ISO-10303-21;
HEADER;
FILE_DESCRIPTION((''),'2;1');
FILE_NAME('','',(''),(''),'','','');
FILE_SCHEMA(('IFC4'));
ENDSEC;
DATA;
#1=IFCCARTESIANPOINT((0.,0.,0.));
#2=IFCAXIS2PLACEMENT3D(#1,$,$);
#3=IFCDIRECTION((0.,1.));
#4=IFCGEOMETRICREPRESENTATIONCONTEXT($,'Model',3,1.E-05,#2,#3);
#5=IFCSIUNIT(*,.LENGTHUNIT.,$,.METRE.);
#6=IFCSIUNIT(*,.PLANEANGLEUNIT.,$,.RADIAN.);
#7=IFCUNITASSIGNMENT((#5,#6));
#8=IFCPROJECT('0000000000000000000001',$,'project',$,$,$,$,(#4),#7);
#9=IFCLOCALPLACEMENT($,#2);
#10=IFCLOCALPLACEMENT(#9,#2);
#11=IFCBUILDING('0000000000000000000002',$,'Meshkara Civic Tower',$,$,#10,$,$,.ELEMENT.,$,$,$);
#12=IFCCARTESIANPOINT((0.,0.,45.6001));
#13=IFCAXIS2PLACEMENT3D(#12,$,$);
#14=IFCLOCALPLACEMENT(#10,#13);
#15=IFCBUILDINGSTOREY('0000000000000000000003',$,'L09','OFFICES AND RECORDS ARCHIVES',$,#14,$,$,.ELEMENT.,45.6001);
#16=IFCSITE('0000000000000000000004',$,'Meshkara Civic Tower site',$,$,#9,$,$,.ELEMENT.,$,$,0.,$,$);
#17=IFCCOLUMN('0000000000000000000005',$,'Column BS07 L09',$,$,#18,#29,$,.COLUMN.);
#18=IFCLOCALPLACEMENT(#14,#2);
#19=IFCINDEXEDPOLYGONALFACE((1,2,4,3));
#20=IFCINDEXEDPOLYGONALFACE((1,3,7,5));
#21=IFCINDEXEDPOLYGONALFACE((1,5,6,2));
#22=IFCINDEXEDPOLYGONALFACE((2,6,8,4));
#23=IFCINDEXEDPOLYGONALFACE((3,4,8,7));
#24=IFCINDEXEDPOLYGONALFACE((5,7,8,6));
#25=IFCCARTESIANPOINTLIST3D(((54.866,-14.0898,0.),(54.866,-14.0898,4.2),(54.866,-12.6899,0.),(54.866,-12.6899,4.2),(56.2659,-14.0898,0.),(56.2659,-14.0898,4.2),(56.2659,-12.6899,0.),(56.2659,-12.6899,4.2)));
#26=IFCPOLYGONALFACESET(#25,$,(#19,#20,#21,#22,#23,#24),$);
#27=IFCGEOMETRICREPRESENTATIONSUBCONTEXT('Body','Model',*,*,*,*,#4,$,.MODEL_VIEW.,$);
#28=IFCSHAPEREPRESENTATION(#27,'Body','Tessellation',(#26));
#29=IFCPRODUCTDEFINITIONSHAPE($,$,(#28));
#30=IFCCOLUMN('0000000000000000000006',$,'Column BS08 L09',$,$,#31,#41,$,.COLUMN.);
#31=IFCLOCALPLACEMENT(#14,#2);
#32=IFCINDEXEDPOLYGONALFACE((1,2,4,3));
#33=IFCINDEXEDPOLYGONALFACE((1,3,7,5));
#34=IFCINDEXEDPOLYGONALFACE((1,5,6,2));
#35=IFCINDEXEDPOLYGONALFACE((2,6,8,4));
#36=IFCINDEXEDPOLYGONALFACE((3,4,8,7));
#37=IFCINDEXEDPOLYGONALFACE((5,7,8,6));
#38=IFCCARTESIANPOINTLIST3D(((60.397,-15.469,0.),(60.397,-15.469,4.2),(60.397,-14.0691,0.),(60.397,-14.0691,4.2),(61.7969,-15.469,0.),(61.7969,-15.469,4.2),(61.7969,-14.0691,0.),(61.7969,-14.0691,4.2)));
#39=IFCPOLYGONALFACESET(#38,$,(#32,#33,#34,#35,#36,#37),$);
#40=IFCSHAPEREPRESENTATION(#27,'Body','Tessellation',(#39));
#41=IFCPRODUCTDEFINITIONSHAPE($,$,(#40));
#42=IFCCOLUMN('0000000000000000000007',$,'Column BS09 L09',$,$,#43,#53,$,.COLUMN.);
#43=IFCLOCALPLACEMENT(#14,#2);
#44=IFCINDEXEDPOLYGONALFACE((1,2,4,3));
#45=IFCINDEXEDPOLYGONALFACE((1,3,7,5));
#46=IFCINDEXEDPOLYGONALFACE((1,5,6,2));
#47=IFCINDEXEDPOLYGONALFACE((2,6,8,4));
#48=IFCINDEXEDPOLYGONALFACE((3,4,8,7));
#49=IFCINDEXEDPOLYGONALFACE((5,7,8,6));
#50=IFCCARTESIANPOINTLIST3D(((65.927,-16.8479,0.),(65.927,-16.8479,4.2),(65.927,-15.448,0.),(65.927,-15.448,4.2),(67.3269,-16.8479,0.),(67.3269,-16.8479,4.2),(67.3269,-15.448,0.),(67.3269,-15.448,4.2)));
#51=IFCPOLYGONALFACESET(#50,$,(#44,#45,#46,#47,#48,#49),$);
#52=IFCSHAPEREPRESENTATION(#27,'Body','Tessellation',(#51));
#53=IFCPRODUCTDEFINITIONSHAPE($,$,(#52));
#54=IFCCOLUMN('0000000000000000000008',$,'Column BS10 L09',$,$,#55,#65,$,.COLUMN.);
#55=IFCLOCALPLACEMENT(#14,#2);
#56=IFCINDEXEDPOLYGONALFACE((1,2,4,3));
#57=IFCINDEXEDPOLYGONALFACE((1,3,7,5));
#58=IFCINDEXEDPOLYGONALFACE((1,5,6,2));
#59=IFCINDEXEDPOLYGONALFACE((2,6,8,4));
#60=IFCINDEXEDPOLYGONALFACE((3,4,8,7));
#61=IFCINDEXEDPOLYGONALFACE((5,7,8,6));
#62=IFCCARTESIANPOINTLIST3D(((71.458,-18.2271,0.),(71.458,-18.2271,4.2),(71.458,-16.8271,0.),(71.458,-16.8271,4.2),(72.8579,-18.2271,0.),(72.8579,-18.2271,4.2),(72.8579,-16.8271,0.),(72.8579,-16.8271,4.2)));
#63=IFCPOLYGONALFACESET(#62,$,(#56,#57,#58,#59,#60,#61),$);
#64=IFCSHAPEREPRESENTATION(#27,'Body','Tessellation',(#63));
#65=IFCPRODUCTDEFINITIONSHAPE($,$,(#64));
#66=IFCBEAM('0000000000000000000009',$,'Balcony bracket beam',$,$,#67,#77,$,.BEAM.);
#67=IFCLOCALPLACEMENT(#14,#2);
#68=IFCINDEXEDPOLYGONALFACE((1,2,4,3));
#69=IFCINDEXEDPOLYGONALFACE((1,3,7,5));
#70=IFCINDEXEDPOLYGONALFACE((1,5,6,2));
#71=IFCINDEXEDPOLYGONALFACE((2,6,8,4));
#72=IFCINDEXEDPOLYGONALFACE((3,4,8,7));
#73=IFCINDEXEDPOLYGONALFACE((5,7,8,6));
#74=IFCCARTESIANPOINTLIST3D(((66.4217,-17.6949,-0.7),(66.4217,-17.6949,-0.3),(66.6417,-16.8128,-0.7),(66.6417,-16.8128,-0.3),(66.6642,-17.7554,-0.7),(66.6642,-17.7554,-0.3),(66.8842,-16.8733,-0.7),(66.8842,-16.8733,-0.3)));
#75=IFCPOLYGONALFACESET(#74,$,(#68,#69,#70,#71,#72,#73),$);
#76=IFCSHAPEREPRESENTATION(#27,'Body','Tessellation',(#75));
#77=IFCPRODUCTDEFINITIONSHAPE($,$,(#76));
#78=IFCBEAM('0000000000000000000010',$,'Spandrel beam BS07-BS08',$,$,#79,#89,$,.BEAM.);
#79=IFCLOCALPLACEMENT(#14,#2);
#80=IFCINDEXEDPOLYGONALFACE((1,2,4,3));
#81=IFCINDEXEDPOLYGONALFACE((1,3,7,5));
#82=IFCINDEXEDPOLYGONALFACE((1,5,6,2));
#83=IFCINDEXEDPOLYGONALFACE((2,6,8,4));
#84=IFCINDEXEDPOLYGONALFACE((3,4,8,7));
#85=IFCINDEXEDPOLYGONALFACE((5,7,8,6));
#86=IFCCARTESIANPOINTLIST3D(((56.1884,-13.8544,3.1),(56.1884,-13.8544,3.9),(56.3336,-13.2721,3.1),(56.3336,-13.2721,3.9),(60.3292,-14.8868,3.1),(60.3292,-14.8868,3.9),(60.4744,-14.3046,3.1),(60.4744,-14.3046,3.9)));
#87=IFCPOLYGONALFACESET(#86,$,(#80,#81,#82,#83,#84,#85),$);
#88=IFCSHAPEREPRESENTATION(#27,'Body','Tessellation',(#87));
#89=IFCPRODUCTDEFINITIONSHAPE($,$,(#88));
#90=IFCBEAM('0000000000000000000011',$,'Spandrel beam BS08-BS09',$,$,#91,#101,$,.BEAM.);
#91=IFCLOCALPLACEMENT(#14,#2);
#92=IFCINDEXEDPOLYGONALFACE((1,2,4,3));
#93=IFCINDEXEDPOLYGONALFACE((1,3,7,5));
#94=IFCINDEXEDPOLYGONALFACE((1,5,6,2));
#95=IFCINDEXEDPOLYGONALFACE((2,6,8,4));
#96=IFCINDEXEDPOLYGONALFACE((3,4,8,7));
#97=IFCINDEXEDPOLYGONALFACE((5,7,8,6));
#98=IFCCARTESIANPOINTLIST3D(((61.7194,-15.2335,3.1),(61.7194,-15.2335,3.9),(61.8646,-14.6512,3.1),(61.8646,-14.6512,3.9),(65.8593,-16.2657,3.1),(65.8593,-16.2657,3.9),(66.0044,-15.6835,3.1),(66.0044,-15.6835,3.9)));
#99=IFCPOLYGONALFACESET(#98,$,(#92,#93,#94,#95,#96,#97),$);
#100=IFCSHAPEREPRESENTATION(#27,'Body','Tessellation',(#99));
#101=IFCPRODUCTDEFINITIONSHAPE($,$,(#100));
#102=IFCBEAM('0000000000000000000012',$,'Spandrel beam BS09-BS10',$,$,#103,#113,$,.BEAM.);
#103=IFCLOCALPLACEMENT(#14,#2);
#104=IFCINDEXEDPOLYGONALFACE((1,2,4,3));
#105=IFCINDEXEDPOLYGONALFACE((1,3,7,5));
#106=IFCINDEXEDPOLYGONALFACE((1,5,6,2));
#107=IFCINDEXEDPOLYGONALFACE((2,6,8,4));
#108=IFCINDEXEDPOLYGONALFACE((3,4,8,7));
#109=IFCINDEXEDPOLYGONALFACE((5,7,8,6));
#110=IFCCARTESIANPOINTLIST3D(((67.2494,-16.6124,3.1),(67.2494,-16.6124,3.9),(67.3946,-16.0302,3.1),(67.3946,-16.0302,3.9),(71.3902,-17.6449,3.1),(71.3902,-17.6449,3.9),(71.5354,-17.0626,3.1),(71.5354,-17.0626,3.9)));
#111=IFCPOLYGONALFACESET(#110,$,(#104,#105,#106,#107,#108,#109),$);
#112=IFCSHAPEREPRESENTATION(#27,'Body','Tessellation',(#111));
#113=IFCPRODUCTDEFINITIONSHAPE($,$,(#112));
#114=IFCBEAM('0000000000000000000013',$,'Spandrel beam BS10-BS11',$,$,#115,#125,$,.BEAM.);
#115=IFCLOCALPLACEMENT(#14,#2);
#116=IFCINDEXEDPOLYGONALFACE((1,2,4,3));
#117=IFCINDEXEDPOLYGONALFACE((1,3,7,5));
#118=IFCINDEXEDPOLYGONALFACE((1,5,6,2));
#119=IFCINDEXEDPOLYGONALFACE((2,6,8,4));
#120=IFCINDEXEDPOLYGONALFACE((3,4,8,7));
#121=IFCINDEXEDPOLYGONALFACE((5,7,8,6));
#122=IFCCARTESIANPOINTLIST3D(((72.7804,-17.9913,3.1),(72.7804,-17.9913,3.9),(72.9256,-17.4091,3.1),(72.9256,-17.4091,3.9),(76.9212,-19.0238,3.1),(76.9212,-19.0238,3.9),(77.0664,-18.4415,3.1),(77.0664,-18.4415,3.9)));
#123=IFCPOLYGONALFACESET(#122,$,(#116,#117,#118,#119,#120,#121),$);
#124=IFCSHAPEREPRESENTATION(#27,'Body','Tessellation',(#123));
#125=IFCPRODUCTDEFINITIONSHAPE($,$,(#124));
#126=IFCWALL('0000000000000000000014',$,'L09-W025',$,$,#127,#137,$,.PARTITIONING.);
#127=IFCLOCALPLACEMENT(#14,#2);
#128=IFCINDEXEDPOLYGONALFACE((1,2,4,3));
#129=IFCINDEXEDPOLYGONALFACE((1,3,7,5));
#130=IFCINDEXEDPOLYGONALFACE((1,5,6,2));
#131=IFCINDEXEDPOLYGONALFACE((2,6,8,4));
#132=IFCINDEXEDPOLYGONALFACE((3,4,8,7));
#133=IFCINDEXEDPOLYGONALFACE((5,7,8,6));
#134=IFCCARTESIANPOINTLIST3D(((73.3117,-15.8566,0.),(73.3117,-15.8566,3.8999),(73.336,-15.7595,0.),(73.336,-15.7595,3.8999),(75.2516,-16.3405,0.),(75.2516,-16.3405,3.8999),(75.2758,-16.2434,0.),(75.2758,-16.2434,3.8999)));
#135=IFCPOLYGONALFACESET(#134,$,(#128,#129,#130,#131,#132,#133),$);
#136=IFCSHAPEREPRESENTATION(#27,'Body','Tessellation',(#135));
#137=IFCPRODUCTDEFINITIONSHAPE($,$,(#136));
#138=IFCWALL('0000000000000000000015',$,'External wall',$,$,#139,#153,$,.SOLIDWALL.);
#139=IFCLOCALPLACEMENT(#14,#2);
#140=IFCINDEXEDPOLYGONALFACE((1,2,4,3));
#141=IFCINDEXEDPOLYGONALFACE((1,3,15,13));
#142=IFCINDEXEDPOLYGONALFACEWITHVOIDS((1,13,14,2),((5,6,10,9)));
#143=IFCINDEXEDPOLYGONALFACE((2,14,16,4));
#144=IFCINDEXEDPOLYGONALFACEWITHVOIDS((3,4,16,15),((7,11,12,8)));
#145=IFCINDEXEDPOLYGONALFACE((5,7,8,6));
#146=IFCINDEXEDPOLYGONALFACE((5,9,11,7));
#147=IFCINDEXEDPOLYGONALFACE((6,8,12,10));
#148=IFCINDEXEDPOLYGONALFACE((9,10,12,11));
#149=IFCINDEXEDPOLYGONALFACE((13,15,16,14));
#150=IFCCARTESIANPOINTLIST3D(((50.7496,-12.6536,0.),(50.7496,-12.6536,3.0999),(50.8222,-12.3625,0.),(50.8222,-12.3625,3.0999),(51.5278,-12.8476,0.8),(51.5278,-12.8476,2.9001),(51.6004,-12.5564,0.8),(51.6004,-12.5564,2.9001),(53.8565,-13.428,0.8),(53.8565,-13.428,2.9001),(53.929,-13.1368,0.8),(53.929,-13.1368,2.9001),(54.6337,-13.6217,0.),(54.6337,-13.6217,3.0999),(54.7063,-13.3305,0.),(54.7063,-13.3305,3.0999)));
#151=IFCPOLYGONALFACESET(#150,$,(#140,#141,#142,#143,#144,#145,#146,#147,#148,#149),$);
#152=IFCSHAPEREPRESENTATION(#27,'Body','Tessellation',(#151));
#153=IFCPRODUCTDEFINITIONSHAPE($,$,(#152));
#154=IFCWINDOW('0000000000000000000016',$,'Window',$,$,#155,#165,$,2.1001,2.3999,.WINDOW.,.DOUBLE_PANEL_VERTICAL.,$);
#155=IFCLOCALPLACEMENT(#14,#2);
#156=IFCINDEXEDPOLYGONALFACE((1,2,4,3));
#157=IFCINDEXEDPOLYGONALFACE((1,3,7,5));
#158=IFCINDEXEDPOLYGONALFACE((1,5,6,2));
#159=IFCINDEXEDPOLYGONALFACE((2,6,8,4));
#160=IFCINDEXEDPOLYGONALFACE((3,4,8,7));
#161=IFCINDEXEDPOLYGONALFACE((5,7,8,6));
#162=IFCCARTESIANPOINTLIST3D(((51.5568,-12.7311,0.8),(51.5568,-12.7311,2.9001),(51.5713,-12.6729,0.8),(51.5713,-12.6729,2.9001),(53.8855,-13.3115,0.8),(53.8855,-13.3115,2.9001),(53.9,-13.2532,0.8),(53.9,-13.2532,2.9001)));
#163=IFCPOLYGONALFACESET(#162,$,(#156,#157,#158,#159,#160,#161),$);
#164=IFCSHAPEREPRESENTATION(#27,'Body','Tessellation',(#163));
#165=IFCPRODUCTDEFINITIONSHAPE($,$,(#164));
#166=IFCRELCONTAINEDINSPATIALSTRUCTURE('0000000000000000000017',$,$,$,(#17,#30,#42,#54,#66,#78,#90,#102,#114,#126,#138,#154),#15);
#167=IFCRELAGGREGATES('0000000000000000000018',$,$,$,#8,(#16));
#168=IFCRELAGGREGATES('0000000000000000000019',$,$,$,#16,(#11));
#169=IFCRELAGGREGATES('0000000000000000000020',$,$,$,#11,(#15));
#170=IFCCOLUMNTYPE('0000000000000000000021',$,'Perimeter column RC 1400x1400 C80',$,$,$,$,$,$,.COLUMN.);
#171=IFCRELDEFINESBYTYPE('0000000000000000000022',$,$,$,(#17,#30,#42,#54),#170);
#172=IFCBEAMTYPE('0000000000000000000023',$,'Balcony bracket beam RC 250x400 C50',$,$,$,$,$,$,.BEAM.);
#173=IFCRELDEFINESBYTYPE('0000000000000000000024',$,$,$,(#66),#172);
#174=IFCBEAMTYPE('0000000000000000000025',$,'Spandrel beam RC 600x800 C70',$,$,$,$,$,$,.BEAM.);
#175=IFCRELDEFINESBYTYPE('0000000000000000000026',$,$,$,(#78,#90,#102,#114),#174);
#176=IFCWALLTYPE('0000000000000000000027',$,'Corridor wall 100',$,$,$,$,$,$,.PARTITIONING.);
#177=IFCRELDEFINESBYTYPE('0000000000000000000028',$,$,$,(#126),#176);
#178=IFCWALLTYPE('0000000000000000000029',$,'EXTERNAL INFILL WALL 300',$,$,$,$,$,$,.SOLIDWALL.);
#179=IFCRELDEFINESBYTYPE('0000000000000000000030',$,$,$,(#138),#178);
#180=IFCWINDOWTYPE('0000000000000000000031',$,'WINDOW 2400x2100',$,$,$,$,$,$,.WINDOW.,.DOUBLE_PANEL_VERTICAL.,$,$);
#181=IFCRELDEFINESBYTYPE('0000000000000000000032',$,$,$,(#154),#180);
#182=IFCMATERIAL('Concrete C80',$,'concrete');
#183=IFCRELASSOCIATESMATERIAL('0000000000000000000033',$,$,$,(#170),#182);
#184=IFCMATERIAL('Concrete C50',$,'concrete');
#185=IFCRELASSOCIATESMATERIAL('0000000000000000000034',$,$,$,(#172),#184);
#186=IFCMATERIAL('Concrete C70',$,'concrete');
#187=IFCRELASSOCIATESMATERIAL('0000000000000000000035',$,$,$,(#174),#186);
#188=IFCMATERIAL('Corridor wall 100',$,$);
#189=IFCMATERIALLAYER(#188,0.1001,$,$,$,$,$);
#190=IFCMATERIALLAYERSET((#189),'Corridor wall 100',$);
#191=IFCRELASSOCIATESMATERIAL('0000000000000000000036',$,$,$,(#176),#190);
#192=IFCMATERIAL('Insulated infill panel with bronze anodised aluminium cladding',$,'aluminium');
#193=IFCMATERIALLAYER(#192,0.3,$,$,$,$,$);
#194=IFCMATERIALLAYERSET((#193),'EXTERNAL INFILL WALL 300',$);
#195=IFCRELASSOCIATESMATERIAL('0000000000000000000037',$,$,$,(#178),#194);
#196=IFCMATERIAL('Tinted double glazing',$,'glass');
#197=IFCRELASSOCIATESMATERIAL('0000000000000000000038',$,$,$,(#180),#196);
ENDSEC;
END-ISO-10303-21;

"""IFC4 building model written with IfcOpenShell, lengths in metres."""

from ifc_helpers import new_model, si_unit, direction, frame, frame_2d, origin, origin_2d, place, context, subcontext, project, spatial, rectangle, extrude, material, layer, layer_set, material_profile, profile_set, type_object, element, fill, save


model = new_model("IFC4")

# Units and contexts
model_context = context("Model", 3, precision=1e-05, world=origin(), true_north=direction((0.0, 1.0)))
body_context = subcontext(model_context, "Body", "Model", "MODEL_VIEW")
ifc_project = project(units=[si_unit("LENGTHUNIT", "METRE"), si_unit("PLANEANGLEUNIT", "RADIAN")], contexts=[model_context])

# Site, building, storey
site_placement = place(None, origin())
site = spatial("IfcSite", under=ifc_project, at=site_placement, Name="Meshkara Civic Tower site", CompositionType="ELEMENT", RefElevation=0.0)
building_placement = place(site_placement, origin())
building = spatial("IfcBuilding", under=site, at=building_placement, Name="Meshkara Civic Tower", CompositionType="ELEMENT")
storey_placement = place(building_placement, frame((0.0, 0.0, 45.6001)))
storey = spatial("IfcBuildingStorey", under=building, at=storey_placement, Name="L09", Description="OFFICES AND RECORDS ARCHIVES", CompositionType="ELEMENT", Elevation=45.6001)

# Columns
ifc_material_1 = material(Name="Concrete C80", Category="concrete")
ifc_material_profile_1 = material_profile(ifc_material_1, rectangle(XDim=1.3999, YDim=1.3999, at=origin_2d()))
ifc_profile_set_1 = profile_set([ifc_material_profile_1], Name="Concrete C80")
column_type = type_object("IfcColumnType", Name="Perimeter column RC 1400x1400 C80", PredefinedType="COLUMN", material=ifc_profile_set_1)
for number, where, z_axis, x_axis, name in (
    (1, (55.5659, -13.3899, 0.0), (0.0, 0.0, 1.0), (1.0, 0.0, 0.0), "Column BS07 L09"),
    (2, (61.0969, -14.769, 0.0), (0.0, 0.0, 1.0), (1.0, 0.0, 0.0), "Column BS08 L09"),
    (3, (66.627, -16.1479, 0.0), (0.0, 0.0, 1.0), (1.0, 0.0, 0.0), "Column BS09 L09"),
    (4, (72.158, -17.5271, 0.0), (0.0, 0.0, 1.0), (1.0, 0.0, 0.0), "Column BS10 L09"),
):
    element("IfcColumn", number, at=place(storey_placement, frame(where, z_axis=z_axis, x_axis=x_axis)), inside=storey, type_object=column_type, Name=name, PredefinedType="COLUMN", context=body_context, shape_type="SweptSolid", body=[
        extrude(rectangle(XDim=1.3999, YDim=1.3999, at=origin_2d()), origin(), (0.0, 0.0, 1.0), 4.2),
    ])

# Beams
ifc_material_2 = material(Name="Concrete C50", Category="concrete")
ifc_material_profile_2 = material_profile(ifc_material_2, rectangle(XDim=0.25, YDim=0.3999, at=origin_2d()))
ifc_profile_set_2 = profile_set([ifc_material_profile_2], Name="Concrete C50")
beam_type_1 = type_object("IfcBeamType", Name="Balcony bracket beam RC 250x400 C50", PredefinedType="BEAM", material=ifc_profile_set_2)
beam_1_placement = place(storey_placement, frame((66.7629, -16.843, -0.5), z_axis=(-0.241967, -0.970285, 0.0), x_axis=(0.970285, -0.241967, 0.0)))
element("IfcBeam", 5, at=beam_1_placement, inside=storey, type_object=beam_type_1, Name="Balcony bracket beam", PredefinedType="BEAM", context=body_context, shape_type="SweptSolid", body=[
    extrude(rectangle(XDim=0.25, YDim=0.3999, at=origin_2d()), origin(), (0.0, 0.0, 1.0), 0.9092),
])
ifc_material_3 = material(Name="Concrete C70", Category="concrete")
ifc_material_profile_3 = material_profile(ifc_material_3, rectangle(XDim=0.6001, YDim=0.8, at=origin_2d()))
ifc_profile_set_3 = profile_set([ifc_material_profile_3], Name="Concrete C70")
beam_type_2 = type_object("IfcBeamType", Name="Spandrel beam RC 600x800 C70", PredefinedType="BEAM", material=ifc_profile_set_3)
beam_2_placement = place(storey_placement, frame((56.261, -13.5632, 3.5), z_axis=(0.970294, -0.24193, 0.0), x_axis=(0.24193, 0.970294, 0.0)))
element("IfcBeam", 6, at=beam_2_placement, inside=storey, type_object=beam_type_2, Name="Spandrel beam BS07-BS08", PredefinedType="BEAM", context=body_context, shape_type="SweptSolid", body=[
    extrude(rectangle(XDim=0.6001, YDim=0.8, at=origin_2d()), origin(), (0.0, 0.0, 1.0), 4.2676),
])
beam_3_placement = place(storey_placement, frame((61.792, -14.9424, 3.5), z_axis=(0.970294, -0.24193, 0.0), x_axis=(0.24193, 0.970294, 0.0)))
element("IfcBeam", 7, at=beam_3_placement, inside=storey, type_object=beam_type_2, Name="Spandrel beam BS08-BS09", PredefinedType="BEAM", context=body_context, shape_type="SweptSolid", body=[
    extrude(rectangle(XDim=0.6001, YDim=0.8, at=origin_2d()), origin(), (0.0, 0.0, 1.0), 4.2666),
])
for number, where, z_axis, x_axis, name in (
    (8, (67.322, -16.3213, 3.5), (0.970294, -0.24193, 0.0), (0.24193, 0.970294, 0.0), "Spandrel beam BS09-BS10"),
    (9, (72.853, -17.7002, 3.5), (0.970294, -0.24193, 0.0), (0.24193, 0.970294, 0.0), "Spandrel beam BS10-BS11"),
):
    element("IfcBeam", number, at=place(storey_placement, frame(where, z_axis=z_axis, x_axis=x_axis)), inside=storey, type_object=beam_type_2, Name=name, PredefinedType="BEAM", context=body_context, shape_type="SweptSolid", body=[
        extrude(rectangle(XDim=0.6001, YDim=0.8, at=origin_2d()), origin(), (0.0, 0.0, 1.0), 4.2676),
    ])

# Wall
ifc_material_4 = material(Name="Corridor wall 100")
ifc_layer_1 = layer(ifc_material_4, 0.1001)
ifc_layer_set_1 = layer_set([ifc_layer_1], Name="Corridor wall 100")
wall_type_1 = type_object("IfcWallType", Name="Corridor wall 100", PredefinedType="PARTITIONING", material=ifc_layer_set_1)
wall_1_placement = place(storey_placement, frame((73.324, -15.8081, 0.0), z_axis=(0.0, 0.0, 1.0), x_axis=(0.970272, -0.242018, 0.0)))
element("IfcWall", 10, at=wall_1_placement, inside=storey, type_object=wall_type_1, Name="L09-W025", PredefinedType="PARTITIONING", context=body_context, shape_type="SweptSolid", body=[
    extrude(rectangle(XDim=1.9993, YDim=0.1001, at=frame_2d((0.9995, 0.0))), origin(), (0.0, 0.0, 1.0), 3.8999),
])

# Wall, opening, window
ifc_material_5 = material(Name="Insulated infill panel with bronze anodised aluminium cladding", Category="aluminium")
ifc_layer_2 = layer(ifc_material_5, 0.3)
ifc_layer_set_2 = layer_set([ifc_layer_2], Name="EXTERNAL INFILL WALL 300")
wall_type_2 = type_object("IfcWallType", Name="EXTERNAL INFILL WALL 300", PredefinedType="SOLIDWALL", material=ifc_layer_set_2)
wall_2_placement = place(storey_placement, frame((50.7859, -12.5081, 0.0), z_axis=(0.0, 0.0, 1.0), x_axis=(0.970318, -0.241832, 0.0)))
wall_2 = element("IfcWall", 11, at=wall_2_placement, inside=storey, type_object=wall_type_2, Name="External wall", PredefinedType="SOLIDWALL", context=body_context, shape_type="SweptSolid", body=[
    extrude(rectangle(XDim=4.0029, YDim=0.3, at=frame_2d((2.0015, 0.0))), origin(), (0.0, 0.0, 1.0), 3.0999),
])
opening_1_placement = place(wall_2_placement, frame((0.802, 0.0, 0.8)))
opening_1 = element("IfcOpeningElement", 12, at=opening_1_placement, cuts=wall_2, PredefinedType="OPENING", context=body_context, shape_type="SweptSolid", body=[
    extrude(rectangle(XDim=2.3999, YDim=2.1001, at=frame_2d((1.2, 1.05))), frame((0.0, 0.1599, 0.0), z_axis=(0.0, -1.0, 0.0), x_axis=(1.0, 0.0, 0.0)), (0.0, 0.0, 1.0), 0.3201),
])
ifc_material_6 = material(Name="Tinted double glazing", Category="glass")
window_type = type_object("IfcWindowType", Name="WINDOW 2400x2100", PartitioningType="DOUBLE_PANEL_VERTICAL", PredefinedType="WINDOW", material=ifc_material_6)
window_1_placement = place(opening_1_placement, origin())
window_1 = element("IfcWindow", 13, at=window_1_placement, inside=storey, type_object=window_type, Name="Window", OverallHeight=2.1001, OverallWidth=2.3999, PartitioningType="DOUBLE_PANEL_VERTICAL", PredefinedType="WINDOW", context=body_context, shape_type="SweptSolid", body=[
    extrude(rectangle(XDim=2.3999, YDim=2.1001, at=frame_2d((1.2, 1.05))), frame((0.0, 0.03, 0.0), z_axis=(0.0, -1.0, 0.0), x_axis=(1.0, 0.0, 0.0)), (0.0, 0.0, 1.0), 0.0601),
])
fill(opening_1, window_1)

save(model, "model.ifc")
